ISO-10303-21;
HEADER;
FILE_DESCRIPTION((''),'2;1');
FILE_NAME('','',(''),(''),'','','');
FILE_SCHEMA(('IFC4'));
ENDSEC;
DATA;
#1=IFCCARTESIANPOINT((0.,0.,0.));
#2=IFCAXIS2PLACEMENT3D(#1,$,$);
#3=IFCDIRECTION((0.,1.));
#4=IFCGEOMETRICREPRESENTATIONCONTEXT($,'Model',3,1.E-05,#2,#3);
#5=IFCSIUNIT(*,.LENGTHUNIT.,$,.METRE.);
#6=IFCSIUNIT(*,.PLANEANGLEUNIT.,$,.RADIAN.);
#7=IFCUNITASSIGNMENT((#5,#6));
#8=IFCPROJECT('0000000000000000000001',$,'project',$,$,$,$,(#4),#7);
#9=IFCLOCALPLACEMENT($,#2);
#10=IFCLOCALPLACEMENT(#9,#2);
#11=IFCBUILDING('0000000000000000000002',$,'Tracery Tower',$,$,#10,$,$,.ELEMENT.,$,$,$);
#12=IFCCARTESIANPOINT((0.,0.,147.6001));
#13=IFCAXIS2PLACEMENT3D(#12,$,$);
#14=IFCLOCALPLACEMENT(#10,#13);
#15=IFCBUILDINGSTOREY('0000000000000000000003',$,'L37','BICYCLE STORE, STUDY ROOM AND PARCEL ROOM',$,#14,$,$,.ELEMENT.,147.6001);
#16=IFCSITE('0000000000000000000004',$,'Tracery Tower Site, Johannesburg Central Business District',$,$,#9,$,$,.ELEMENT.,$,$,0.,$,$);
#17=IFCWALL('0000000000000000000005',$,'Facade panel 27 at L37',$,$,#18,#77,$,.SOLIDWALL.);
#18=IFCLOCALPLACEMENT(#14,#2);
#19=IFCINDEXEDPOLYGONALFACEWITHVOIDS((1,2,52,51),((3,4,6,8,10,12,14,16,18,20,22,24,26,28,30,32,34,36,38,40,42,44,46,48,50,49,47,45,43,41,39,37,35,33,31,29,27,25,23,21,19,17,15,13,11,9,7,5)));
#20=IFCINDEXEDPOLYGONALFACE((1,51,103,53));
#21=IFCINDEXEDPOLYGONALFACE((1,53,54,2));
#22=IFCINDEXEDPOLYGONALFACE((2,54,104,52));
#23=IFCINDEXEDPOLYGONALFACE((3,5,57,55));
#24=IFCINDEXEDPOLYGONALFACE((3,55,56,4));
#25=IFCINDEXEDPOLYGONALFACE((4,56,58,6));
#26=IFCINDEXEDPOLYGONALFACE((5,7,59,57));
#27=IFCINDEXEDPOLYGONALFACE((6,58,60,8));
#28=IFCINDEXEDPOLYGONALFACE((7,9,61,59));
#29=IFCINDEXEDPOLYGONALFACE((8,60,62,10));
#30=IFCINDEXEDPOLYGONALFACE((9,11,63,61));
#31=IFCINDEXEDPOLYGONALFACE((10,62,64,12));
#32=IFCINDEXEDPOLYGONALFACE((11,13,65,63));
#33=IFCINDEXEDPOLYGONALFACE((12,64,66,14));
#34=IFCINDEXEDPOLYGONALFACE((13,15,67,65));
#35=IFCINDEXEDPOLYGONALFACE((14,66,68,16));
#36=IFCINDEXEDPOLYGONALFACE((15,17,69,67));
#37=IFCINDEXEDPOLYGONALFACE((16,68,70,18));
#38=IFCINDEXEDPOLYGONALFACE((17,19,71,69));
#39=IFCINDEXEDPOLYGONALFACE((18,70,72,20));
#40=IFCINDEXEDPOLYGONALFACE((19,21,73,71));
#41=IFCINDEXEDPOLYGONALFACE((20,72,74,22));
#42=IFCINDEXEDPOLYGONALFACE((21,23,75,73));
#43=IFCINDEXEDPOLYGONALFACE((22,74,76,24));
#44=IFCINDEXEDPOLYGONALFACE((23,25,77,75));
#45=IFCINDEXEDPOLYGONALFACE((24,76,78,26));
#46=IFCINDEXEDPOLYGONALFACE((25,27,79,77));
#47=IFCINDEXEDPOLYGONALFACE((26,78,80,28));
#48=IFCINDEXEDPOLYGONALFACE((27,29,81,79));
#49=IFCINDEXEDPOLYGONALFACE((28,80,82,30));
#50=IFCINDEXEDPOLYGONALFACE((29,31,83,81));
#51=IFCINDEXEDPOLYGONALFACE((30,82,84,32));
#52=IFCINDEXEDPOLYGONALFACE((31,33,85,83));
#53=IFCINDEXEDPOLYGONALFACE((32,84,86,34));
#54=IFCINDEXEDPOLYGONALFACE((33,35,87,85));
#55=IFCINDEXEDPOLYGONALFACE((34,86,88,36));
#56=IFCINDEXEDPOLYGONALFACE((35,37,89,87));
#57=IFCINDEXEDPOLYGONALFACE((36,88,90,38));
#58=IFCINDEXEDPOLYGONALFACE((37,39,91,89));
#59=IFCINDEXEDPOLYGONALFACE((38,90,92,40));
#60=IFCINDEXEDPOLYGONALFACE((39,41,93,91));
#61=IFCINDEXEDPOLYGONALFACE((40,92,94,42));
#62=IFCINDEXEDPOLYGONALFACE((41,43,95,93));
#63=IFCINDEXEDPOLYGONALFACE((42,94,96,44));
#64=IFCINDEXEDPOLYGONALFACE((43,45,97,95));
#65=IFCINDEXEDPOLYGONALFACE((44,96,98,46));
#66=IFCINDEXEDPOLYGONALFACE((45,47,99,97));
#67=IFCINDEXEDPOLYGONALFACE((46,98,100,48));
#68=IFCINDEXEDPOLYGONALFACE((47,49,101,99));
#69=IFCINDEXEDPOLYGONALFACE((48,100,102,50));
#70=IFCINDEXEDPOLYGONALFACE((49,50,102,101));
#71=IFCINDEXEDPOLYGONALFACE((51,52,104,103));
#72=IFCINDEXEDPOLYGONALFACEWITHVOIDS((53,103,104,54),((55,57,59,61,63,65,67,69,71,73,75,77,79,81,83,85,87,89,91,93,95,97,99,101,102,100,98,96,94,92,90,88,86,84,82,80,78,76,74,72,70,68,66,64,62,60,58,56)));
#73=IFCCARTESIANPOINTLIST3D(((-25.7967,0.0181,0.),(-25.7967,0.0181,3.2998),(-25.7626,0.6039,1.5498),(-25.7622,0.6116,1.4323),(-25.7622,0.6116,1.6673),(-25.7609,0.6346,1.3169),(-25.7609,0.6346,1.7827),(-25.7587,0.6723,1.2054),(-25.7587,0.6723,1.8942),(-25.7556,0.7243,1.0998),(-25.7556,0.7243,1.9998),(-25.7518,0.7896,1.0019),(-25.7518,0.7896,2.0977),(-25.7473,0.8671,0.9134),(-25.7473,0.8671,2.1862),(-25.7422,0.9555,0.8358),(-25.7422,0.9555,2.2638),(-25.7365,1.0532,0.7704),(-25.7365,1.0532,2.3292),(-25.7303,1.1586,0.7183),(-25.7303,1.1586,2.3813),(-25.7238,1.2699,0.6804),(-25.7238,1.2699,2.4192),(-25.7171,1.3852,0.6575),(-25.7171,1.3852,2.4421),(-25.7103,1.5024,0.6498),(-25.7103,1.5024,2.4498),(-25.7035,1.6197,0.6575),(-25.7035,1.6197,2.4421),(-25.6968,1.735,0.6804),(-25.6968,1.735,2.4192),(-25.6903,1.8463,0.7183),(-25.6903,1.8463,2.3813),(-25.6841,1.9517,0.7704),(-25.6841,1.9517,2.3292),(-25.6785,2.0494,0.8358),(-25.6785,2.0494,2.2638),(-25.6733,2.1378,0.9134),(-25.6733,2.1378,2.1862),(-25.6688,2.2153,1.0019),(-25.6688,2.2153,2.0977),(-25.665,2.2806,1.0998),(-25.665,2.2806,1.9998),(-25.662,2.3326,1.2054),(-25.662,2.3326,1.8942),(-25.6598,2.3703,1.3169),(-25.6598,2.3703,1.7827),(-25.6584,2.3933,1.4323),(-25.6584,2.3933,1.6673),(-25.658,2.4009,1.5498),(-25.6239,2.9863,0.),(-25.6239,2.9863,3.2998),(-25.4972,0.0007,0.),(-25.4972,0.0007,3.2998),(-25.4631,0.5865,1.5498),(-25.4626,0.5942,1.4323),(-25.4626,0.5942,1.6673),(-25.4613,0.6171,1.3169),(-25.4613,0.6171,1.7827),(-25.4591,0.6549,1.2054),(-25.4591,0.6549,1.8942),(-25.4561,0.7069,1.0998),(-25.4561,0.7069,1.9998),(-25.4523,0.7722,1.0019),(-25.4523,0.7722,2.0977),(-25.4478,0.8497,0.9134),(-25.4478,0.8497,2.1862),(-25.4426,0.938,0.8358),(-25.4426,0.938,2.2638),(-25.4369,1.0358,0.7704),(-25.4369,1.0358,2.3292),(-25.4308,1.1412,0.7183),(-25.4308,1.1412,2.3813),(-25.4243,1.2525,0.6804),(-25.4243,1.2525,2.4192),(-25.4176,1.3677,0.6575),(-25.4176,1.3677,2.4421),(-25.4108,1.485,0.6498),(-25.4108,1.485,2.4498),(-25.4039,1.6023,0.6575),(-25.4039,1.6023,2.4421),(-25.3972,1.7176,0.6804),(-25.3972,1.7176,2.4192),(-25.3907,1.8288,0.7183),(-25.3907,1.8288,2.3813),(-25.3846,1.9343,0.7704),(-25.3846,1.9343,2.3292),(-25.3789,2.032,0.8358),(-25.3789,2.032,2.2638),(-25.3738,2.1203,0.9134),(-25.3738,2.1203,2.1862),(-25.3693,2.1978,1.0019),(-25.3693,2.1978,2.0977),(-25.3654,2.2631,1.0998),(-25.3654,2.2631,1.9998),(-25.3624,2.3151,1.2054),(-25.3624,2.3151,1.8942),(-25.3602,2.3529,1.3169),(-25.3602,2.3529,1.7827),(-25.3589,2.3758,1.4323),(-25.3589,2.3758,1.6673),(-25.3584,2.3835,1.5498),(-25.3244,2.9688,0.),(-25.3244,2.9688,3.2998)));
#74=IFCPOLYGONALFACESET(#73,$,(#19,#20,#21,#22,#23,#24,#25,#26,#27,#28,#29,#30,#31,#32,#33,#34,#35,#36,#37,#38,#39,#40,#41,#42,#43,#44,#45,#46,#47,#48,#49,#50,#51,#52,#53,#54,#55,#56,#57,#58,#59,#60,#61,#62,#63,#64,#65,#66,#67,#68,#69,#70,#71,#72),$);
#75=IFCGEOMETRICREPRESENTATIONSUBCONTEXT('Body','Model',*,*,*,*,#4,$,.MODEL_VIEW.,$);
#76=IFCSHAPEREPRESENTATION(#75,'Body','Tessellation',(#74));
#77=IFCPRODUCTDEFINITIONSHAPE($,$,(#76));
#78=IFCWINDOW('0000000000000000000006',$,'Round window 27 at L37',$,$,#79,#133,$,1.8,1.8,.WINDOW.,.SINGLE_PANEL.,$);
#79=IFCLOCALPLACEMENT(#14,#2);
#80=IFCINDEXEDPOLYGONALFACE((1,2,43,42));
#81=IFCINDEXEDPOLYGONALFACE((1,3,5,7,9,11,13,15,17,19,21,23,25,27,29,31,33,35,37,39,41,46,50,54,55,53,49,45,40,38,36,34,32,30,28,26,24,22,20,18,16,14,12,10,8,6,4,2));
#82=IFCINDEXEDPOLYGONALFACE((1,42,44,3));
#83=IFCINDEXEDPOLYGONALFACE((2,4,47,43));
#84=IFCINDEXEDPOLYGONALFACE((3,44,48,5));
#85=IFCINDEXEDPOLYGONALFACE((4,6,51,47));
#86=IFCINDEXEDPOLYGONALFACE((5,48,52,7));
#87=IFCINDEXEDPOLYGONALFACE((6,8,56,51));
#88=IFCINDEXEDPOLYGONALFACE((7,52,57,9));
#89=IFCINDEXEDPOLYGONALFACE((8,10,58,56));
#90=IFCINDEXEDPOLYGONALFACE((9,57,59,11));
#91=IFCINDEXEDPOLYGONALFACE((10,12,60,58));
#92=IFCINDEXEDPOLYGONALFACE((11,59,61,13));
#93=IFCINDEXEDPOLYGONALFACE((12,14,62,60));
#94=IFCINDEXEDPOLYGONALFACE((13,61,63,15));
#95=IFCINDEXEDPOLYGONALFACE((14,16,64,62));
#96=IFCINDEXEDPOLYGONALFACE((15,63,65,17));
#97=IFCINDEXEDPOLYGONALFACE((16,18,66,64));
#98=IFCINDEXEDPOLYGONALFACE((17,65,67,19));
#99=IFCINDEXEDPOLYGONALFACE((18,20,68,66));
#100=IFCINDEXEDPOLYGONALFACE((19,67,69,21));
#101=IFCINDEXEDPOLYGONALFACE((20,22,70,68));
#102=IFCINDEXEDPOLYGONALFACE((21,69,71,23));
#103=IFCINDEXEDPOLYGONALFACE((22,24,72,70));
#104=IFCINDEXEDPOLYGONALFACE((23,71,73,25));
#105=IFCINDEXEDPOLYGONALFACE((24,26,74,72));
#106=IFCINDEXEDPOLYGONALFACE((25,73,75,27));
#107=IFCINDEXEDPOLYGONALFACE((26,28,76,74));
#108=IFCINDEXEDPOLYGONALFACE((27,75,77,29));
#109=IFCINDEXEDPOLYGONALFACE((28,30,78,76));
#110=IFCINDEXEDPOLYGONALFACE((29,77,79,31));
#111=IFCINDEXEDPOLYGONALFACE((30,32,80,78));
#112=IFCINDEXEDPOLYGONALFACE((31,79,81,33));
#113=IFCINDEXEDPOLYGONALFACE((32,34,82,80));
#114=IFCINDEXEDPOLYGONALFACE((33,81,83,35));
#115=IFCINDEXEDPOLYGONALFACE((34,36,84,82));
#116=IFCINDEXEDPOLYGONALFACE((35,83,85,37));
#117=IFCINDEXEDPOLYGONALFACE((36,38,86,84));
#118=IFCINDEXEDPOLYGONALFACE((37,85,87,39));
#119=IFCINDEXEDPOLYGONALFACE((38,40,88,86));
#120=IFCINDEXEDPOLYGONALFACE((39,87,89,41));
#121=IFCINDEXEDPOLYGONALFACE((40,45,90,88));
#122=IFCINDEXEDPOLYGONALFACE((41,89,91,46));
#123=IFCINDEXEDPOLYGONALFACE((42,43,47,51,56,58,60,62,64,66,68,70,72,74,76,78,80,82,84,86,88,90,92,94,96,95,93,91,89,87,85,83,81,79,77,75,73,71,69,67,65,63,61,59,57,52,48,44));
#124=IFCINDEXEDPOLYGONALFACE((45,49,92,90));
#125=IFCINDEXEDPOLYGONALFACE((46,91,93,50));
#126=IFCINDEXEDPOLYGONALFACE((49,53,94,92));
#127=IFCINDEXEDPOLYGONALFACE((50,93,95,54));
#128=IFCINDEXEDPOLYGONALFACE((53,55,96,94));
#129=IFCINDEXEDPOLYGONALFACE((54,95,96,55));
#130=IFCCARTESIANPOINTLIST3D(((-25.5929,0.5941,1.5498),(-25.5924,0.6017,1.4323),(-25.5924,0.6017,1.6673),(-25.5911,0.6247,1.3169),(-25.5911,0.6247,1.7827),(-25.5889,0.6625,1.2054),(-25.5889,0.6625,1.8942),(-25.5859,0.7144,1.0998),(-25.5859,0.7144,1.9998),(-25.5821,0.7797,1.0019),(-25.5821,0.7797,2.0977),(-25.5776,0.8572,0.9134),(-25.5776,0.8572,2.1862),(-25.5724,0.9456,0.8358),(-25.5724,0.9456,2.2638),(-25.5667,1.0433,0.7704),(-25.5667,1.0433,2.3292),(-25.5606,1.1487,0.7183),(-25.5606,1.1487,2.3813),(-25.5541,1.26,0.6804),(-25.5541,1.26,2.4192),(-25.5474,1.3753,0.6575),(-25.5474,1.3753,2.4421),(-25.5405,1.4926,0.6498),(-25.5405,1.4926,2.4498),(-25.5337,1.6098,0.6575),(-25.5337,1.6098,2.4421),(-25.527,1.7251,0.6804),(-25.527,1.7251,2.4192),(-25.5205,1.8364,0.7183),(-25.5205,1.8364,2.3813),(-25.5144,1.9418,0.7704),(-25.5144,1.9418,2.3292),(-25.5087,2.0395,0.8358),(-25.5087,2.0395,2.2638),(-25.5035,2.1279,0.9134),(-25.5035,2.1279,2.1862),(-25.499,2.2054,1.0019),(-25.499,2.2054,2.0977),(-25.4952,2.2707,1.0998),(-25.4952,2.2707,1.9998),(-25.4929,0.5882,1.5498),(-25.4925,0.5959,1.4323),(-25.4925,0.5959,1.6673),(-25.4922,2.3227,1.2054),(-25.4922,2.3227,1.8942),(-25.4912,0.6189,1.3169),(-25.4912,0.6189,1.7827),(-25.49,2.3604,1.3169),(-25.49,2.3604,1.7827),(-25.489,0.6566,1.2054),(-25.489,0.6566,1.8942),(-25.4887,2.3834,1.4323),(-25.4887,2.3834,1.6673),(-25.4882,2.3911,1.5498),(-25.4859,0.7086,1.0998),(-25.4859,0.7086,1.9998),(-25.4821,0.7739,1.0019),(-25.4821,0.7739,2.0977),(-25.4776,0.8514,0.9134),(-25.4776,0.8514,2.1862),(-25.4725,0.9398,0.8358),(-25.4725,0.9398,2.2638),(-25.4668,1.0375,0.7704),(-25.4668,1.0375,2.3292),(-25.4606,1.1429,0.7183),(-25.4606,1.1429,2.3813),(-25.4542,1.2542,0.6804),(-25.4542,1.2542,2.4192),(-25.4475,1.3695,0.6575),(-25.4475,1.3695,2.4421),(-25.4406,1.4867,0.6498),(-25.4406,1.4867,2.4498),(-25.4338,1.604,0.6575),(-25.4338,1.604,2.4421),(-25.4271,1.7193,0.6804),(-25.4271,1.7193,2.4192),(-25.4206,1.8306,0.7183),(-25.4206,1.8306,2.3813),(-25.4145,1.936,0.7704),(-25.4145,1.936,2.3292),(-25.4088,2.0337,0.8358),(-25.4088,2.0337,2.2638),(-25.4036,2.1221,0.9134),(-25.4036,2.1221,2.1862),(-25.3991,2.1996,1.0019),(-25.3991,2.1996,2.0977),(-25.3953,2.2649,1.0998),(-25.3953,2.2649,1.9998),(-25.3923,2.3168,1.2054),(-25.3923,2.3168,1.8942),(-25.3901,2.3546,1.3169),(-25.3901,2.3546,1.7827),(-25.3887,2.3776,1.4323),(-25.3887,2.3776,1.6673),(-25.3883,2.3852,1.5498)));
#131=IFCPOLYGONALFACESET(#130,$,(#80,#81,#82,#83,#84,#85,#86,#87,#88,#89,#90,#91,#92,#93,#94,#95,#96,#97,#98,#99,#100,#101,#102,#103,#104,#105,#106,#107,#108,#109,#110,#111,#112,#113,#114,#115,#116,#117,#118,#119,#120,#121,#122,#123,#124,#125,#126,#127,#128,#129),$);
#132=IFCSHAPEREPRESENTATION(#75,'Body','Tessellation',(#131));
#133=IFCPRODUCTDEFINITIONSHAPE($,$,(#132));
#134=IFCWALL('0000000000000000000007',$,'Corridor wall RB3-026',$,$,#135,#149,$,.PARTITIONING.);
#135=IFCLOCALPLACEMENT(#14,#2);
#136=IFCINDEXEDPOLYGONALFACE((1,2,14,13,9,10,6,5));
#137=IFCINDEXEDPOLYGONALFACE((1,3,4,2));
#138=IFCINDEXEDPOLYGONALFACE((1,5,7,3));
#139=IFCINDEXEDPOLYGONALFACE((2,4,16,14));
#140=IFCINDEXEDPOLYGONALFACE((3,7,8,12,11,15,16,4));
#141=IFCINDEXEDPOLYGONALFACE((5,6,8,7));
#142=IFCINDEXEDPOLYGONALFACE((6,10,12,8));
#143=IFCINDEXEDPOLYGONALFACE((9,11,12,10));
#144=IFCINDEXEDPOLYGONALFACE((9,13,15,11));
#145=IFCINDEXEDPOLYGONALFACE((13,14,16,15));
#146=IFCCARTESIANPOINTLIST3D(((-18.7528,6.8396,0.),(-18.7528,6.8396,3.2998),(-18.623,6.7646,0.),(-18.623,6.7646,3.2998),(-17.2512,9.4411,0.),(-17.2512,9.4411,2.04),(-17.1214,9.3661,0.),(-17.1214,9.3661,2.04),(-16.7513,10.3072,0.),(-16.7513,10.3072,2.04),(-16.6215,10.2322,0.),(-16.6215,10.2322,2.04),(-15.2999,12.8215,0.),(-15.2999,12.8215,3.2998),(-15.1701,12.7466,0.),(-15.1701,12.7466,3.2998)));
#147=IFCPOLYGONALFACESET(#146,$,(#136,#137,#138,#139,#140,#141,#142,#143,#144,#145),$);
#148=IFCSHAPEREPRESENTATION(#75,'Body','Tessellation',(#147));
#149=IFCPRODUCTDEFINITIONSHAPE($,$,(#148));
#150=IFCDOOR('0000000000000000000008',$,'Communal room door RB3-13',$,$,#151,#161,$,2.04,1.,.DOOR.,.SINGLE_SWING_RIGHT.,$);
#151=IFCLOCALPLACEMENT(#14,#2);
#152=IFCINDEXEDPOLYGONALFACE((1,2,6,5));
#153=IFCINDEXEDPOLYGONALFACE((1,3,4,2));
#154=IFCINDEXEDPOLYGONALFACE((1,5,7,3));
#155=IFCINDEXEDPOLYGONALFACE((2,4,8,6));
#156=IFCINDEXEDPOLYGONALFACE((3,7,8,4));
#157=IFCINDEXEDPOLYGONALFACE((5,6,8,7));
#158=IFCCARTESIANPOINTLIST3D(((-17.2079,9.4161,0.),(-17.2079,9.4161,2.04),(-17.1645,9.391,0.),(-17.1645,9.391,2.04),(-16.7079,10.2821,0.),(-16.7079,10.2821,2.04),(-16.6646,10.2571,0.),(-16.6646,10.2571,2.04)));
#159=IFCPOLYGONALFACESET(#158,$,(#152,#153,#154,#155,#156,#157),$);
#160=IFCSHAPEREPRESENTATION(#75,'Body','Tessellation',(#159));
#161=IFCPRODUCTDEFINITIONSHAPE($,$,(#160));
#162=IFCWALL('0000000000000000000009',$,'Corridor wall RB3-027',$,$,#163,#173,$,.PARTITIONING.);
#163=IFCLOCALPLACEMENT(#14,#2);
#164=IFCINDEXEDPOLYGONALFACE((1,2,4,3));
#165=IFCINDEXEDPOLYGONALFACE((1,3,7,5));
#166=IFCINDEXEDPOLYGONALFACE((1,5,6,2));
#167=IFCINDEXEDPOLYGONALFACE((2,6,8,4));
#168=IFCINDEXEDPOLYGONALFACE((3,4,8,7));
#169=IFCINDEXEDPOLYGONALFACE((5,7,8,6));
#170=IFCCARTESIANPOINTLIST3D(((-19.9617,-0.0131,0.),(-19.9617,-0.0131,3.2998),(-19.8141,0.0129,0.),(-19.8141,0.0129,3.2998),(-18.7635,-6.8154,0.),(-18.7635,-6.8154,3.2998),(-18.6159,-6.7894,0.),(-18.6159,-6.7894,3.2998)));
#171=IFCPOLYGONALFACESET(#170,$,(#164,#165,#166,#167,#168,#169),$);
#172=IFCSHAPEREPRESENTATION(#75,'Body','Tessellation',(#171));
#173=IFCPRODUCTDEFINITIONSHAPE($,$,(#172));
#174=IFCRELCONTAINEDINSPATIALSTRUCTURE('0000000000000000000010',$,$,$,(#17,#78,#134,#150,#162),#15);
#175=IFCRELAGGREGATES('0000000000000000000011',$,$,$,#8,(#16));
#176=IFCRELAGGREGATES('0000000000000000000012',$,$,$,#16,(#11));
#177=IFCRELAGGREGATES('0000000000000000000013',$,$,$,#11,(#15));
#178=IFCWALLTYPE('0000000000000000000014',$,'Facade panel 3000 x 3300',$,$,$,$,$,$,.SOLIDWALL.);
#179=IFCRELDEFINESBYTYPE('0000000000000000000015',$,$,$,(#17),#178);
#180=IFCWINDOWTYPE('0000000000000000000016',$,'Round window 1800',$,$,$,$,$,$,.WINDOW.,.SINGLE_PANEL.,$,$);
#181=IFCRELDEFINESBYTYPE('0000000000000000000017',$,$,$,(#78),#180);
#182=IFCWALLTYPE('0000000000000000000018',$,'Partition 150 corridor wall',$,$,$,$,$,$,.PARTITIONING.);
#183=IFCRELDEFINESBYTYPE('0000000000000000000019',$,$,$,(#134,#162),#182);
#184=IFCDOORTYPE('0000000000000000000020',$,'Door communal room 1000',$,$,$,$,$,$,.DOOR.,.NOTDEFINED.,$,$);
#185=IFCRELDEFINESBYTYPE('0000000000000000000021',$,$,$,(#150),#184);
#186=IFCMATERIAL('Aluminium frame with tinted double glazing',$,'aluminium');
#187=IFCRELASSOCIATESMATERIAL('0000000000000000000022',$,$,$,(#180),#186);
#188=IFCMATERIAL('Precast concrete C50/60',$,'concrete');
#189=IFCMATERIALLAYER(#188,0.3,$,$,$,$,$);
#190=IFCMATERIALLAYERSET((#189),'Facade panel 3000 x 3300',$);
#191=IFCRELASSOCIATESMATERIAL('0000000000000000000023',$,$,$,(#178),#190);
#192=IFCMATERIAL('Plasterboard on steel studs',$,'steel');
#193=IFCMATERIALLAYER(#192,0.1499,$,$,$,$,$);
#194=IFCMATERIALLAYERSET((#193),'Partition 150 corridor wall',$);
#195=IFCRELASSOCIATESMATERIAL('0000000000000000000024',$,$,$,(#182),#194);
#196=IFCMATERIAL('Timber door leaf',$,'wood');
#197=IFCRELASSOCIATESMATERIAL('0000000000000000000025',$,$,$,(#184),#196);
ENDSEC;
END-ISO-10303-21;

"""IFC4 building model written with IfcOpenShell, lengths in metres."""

from ifc_helpers import new_model, si_unit, direction, frame, frame_2d, origin, origin_2d, place, context, subcontext, project, spatial, rectangle, circle, extrude, material, layer, layer_set, type_object, element, fill, save


model = new_model("IFC4")

# Units and contexts
model_context = context("Model", 3, precision=1e-05, world=origin(), true_north=direction((0.0, 1.0)))
body_context = subcontext(model_context, "Body", "Model", "MODEL_VIEW")
ifc_project = project(units=[si_unit("LENGTHUNIT", "METRE"), si_unit("PLANEANGLEUNIT", "RADIAN")], contexts=[model_context])

# Site, building, storey
site_placement = place(None, origin())
site = spatial("IfcSite", under=ifc_project, at=site_placement, Name="Tracery Tower Site, Johannesburg Central Business District", CompositionType="ELEMENT", RefElevation=0.0)
building_placement = place(site_placement, origin())
building = spatial("IfcBuilding", under=site, at=building_placement, Name="Tracery Tower", CompositionType="ELEMENT")
storey_placement = place(building_placement, frame((0.0, 0.0, 147.6001)))
storey = spatial("IfcBuildingStorey", under=building, at=storey_placement, Name="L37", Description="BICYCLE STORE, STUDY ROOM AND PARCEL ROOM", CompositionType="ELEMENT", Elevation=147.6001)

# Wall, opening, window
ifc_material_1 = material(Name="Aluminium frame with tinted double glazing", Category="aluminium")
window_type = type_object("IfcWindowType", Name="Round window 1800", PartitioningType="SINGLE_PANEL", PredefinedType="WINDOW", material=ifc_material_1)
ifc_material_2 = material(Name="Precast concrete C50/60", Category="concrete")
ifc_layer_1 = layer(ifc_material_2, 0.3)
ifc_layer_set_1 = layer_set([ifc_layer_1], Name="Facade panel 3000 x 3300")
wall_type_1 = type_object("IfcWallType", Name="Facade panel 3000 x 3300", PredefinedType="SOLIDWALL", material=ifc_layer_set_1)
wall_1_placement = place(storey_placement, frame((-25.4741, 2.9775, 0.0), z_axis=(0.0, 0.0, 1.0), x_axis=(-0.05814, -0.998308, 0.0)))
wall_1 = element("IfcWall", 1, at=wall_1_placement, inside=storey, type_object=wall_type_1, Name="Facade panel 27 at L37", PredefinedType="SOLIDWALL", context=body_context, shape_type="SweptSolid", body=[
    extrude(rectangle(XDim=2.9731, YDim=0.3, at=frame_2d((1.4866, 0.0))), origin(), (0.0, 0.0, 1.0), 3.2998),
])
opening_1_placement = place(wall_1_placement, frame((1.4863, 0.0, 1.5498)))
opening_1 = element("IfcOpeningElement", 2, at=opening_1_placement, cuts=wall_1, PredefinedType="OPENING", context=body_context, shape_type="SweptSolid", body=[
    extrude(circle(Radius=0.9, at=origin_2d()), frame((0.0, 0.1599, 0.0), z_axis=(0.0, -1.0, 0.0), x_axis=(1.0, 0.0, 0.0)), (0.0, 0.0, 1.0), 0.3201),
])
window_1_placement = place(opening_1_placement, origin())
window_1 = element("IfcWindow", 3, at=window_1_placement, inside=storey, type_object=window_type, Name="Round window 27 at L37", OverallHeight=1.8, OverallWidth=1.8, PartitioningType="SINGLE_PANEL", PredefinedType="WINDOW", context=body_context, shape_type="SweptSolid", body=[
    extrude(circle(Radius=0.9, at=origin_2d()), frame((0.0, 0.1201, 0.0), z_axis=(0.0, -1.0, 0.0), x_axis=(1.0, 0.0, 0.0)), (0.0, 0.0, 1.0), 0.1001),
])
fill(opening_1, window_1)

# Wall, opening, door
ifc_material_3 = material(Name="Plasterboard on steel studs", Category="steel")
ifc_layer_2 = layer(ifc_material_3, 0.1499)
ifc_layer_set_2 = layer_set([ifc_layer_2], Name="Partition 150 corridor wall")
wall_type_2 = type_object("IfcWallType", Name="Partition 150 corridor wall", PredefinedType="PARTITIONING", material=ifc_layer_set_2)
wall_2_placement = place(storey_placement, frame((-18.688, 6.802, 0.0), z_axis=(0.0, 0.0, 1.0), x_axis=(0.499914, 0.866075, 0.0)))
wall_2 = element("IfcWall", 4, at=wall_2_placement, inside=storey, type_object=wall_type_2, Name="Corridor wall RB3-026", PredefinedType="PARTITIONING", context=body_context, shape_type="SweptSolid", body=[
    extrude(rectangle(XDim=6.907, YDim=0.1499, at=frame_2d((3.4536, 0.0))), origin(), (0.0, 0.0, 1.0), 3.2998),
])
opening_2_placement = place(wall_2_placement, frame((3.0039, 0.0, 0.0)))
opening_2 = element("IfcOpeningElement", 5, at=opening_2_placement, cuts=wall_2, PredefinedType="OPENING", context=body_context, shape_type="SweptSolid", body=[
    extrude(rectangle(XDim=1.0, YDim=2.04, at=frame_2d((0.5, 1.02))), frame((0.0, 0.075, 0.0), z_axis=(0.0, -1.0, 0.0), x_axis=(1.0, 0.0, 0.0)), (0.0, 0.0, 1.0), 0.1499),
])
ifc_material_4 = material(Name="Timber door leaf", Category="wood")
door_type_1 = type_object("IfcDoorType", Name="Door communal room 1000", OperationType="NOTDEFINED", PredefinedType="DOOR", material=ifc_material_4)
door_1_placement = place(opening_2_placement, origin())
door_1 = element("IfcDoor", 6, at=door_1_placement, inside=storey, type_object=door_type_1, Name="Communal room door RB3-13", OperationType="SINGLE_SWING_RIGHT", OverallHeight=2.04, OverallWidth=1.0, PredefinedType="DOOR", context=body_context, shape_type="SweptSolid", body=[
    extrude(rectangle(XDim=1.0, YDim=2.04, at=frame_2d((0.5, 1.02))), frame((0.0, 0.0249, 0.0), z_axis=(0.0, -1.0, 0.0), x_axis=(1.0, 0.0, 0.0)), (0.0, 0.0, 1.0), 0.05),
])
fill(opening_2, door_1)

# Wall
wall_3_placement = place(storey_placement, frame((-19.8879, 0.0, 0.0), z_axis=(0.0, 0.0, 1.0), x_axis=(0.173483, -0.984837, 0.0)))
element("IfcWall", 7, at=wall_3_placement, inside=storey, type_object=wall_type_2, Name="Corridor wall RB3-027", PredefinedType="PARTITIONING", context=body_context, shape_type="SweptSolid", body=[
    extrude(rectangle(XDim=6.907, YDim=0.1499, at=frame_2d((3.4536, 0.0))), origin(), (0.0, 0.0, 1.0), 3.2998),
])

save(model, "model.ifc")
